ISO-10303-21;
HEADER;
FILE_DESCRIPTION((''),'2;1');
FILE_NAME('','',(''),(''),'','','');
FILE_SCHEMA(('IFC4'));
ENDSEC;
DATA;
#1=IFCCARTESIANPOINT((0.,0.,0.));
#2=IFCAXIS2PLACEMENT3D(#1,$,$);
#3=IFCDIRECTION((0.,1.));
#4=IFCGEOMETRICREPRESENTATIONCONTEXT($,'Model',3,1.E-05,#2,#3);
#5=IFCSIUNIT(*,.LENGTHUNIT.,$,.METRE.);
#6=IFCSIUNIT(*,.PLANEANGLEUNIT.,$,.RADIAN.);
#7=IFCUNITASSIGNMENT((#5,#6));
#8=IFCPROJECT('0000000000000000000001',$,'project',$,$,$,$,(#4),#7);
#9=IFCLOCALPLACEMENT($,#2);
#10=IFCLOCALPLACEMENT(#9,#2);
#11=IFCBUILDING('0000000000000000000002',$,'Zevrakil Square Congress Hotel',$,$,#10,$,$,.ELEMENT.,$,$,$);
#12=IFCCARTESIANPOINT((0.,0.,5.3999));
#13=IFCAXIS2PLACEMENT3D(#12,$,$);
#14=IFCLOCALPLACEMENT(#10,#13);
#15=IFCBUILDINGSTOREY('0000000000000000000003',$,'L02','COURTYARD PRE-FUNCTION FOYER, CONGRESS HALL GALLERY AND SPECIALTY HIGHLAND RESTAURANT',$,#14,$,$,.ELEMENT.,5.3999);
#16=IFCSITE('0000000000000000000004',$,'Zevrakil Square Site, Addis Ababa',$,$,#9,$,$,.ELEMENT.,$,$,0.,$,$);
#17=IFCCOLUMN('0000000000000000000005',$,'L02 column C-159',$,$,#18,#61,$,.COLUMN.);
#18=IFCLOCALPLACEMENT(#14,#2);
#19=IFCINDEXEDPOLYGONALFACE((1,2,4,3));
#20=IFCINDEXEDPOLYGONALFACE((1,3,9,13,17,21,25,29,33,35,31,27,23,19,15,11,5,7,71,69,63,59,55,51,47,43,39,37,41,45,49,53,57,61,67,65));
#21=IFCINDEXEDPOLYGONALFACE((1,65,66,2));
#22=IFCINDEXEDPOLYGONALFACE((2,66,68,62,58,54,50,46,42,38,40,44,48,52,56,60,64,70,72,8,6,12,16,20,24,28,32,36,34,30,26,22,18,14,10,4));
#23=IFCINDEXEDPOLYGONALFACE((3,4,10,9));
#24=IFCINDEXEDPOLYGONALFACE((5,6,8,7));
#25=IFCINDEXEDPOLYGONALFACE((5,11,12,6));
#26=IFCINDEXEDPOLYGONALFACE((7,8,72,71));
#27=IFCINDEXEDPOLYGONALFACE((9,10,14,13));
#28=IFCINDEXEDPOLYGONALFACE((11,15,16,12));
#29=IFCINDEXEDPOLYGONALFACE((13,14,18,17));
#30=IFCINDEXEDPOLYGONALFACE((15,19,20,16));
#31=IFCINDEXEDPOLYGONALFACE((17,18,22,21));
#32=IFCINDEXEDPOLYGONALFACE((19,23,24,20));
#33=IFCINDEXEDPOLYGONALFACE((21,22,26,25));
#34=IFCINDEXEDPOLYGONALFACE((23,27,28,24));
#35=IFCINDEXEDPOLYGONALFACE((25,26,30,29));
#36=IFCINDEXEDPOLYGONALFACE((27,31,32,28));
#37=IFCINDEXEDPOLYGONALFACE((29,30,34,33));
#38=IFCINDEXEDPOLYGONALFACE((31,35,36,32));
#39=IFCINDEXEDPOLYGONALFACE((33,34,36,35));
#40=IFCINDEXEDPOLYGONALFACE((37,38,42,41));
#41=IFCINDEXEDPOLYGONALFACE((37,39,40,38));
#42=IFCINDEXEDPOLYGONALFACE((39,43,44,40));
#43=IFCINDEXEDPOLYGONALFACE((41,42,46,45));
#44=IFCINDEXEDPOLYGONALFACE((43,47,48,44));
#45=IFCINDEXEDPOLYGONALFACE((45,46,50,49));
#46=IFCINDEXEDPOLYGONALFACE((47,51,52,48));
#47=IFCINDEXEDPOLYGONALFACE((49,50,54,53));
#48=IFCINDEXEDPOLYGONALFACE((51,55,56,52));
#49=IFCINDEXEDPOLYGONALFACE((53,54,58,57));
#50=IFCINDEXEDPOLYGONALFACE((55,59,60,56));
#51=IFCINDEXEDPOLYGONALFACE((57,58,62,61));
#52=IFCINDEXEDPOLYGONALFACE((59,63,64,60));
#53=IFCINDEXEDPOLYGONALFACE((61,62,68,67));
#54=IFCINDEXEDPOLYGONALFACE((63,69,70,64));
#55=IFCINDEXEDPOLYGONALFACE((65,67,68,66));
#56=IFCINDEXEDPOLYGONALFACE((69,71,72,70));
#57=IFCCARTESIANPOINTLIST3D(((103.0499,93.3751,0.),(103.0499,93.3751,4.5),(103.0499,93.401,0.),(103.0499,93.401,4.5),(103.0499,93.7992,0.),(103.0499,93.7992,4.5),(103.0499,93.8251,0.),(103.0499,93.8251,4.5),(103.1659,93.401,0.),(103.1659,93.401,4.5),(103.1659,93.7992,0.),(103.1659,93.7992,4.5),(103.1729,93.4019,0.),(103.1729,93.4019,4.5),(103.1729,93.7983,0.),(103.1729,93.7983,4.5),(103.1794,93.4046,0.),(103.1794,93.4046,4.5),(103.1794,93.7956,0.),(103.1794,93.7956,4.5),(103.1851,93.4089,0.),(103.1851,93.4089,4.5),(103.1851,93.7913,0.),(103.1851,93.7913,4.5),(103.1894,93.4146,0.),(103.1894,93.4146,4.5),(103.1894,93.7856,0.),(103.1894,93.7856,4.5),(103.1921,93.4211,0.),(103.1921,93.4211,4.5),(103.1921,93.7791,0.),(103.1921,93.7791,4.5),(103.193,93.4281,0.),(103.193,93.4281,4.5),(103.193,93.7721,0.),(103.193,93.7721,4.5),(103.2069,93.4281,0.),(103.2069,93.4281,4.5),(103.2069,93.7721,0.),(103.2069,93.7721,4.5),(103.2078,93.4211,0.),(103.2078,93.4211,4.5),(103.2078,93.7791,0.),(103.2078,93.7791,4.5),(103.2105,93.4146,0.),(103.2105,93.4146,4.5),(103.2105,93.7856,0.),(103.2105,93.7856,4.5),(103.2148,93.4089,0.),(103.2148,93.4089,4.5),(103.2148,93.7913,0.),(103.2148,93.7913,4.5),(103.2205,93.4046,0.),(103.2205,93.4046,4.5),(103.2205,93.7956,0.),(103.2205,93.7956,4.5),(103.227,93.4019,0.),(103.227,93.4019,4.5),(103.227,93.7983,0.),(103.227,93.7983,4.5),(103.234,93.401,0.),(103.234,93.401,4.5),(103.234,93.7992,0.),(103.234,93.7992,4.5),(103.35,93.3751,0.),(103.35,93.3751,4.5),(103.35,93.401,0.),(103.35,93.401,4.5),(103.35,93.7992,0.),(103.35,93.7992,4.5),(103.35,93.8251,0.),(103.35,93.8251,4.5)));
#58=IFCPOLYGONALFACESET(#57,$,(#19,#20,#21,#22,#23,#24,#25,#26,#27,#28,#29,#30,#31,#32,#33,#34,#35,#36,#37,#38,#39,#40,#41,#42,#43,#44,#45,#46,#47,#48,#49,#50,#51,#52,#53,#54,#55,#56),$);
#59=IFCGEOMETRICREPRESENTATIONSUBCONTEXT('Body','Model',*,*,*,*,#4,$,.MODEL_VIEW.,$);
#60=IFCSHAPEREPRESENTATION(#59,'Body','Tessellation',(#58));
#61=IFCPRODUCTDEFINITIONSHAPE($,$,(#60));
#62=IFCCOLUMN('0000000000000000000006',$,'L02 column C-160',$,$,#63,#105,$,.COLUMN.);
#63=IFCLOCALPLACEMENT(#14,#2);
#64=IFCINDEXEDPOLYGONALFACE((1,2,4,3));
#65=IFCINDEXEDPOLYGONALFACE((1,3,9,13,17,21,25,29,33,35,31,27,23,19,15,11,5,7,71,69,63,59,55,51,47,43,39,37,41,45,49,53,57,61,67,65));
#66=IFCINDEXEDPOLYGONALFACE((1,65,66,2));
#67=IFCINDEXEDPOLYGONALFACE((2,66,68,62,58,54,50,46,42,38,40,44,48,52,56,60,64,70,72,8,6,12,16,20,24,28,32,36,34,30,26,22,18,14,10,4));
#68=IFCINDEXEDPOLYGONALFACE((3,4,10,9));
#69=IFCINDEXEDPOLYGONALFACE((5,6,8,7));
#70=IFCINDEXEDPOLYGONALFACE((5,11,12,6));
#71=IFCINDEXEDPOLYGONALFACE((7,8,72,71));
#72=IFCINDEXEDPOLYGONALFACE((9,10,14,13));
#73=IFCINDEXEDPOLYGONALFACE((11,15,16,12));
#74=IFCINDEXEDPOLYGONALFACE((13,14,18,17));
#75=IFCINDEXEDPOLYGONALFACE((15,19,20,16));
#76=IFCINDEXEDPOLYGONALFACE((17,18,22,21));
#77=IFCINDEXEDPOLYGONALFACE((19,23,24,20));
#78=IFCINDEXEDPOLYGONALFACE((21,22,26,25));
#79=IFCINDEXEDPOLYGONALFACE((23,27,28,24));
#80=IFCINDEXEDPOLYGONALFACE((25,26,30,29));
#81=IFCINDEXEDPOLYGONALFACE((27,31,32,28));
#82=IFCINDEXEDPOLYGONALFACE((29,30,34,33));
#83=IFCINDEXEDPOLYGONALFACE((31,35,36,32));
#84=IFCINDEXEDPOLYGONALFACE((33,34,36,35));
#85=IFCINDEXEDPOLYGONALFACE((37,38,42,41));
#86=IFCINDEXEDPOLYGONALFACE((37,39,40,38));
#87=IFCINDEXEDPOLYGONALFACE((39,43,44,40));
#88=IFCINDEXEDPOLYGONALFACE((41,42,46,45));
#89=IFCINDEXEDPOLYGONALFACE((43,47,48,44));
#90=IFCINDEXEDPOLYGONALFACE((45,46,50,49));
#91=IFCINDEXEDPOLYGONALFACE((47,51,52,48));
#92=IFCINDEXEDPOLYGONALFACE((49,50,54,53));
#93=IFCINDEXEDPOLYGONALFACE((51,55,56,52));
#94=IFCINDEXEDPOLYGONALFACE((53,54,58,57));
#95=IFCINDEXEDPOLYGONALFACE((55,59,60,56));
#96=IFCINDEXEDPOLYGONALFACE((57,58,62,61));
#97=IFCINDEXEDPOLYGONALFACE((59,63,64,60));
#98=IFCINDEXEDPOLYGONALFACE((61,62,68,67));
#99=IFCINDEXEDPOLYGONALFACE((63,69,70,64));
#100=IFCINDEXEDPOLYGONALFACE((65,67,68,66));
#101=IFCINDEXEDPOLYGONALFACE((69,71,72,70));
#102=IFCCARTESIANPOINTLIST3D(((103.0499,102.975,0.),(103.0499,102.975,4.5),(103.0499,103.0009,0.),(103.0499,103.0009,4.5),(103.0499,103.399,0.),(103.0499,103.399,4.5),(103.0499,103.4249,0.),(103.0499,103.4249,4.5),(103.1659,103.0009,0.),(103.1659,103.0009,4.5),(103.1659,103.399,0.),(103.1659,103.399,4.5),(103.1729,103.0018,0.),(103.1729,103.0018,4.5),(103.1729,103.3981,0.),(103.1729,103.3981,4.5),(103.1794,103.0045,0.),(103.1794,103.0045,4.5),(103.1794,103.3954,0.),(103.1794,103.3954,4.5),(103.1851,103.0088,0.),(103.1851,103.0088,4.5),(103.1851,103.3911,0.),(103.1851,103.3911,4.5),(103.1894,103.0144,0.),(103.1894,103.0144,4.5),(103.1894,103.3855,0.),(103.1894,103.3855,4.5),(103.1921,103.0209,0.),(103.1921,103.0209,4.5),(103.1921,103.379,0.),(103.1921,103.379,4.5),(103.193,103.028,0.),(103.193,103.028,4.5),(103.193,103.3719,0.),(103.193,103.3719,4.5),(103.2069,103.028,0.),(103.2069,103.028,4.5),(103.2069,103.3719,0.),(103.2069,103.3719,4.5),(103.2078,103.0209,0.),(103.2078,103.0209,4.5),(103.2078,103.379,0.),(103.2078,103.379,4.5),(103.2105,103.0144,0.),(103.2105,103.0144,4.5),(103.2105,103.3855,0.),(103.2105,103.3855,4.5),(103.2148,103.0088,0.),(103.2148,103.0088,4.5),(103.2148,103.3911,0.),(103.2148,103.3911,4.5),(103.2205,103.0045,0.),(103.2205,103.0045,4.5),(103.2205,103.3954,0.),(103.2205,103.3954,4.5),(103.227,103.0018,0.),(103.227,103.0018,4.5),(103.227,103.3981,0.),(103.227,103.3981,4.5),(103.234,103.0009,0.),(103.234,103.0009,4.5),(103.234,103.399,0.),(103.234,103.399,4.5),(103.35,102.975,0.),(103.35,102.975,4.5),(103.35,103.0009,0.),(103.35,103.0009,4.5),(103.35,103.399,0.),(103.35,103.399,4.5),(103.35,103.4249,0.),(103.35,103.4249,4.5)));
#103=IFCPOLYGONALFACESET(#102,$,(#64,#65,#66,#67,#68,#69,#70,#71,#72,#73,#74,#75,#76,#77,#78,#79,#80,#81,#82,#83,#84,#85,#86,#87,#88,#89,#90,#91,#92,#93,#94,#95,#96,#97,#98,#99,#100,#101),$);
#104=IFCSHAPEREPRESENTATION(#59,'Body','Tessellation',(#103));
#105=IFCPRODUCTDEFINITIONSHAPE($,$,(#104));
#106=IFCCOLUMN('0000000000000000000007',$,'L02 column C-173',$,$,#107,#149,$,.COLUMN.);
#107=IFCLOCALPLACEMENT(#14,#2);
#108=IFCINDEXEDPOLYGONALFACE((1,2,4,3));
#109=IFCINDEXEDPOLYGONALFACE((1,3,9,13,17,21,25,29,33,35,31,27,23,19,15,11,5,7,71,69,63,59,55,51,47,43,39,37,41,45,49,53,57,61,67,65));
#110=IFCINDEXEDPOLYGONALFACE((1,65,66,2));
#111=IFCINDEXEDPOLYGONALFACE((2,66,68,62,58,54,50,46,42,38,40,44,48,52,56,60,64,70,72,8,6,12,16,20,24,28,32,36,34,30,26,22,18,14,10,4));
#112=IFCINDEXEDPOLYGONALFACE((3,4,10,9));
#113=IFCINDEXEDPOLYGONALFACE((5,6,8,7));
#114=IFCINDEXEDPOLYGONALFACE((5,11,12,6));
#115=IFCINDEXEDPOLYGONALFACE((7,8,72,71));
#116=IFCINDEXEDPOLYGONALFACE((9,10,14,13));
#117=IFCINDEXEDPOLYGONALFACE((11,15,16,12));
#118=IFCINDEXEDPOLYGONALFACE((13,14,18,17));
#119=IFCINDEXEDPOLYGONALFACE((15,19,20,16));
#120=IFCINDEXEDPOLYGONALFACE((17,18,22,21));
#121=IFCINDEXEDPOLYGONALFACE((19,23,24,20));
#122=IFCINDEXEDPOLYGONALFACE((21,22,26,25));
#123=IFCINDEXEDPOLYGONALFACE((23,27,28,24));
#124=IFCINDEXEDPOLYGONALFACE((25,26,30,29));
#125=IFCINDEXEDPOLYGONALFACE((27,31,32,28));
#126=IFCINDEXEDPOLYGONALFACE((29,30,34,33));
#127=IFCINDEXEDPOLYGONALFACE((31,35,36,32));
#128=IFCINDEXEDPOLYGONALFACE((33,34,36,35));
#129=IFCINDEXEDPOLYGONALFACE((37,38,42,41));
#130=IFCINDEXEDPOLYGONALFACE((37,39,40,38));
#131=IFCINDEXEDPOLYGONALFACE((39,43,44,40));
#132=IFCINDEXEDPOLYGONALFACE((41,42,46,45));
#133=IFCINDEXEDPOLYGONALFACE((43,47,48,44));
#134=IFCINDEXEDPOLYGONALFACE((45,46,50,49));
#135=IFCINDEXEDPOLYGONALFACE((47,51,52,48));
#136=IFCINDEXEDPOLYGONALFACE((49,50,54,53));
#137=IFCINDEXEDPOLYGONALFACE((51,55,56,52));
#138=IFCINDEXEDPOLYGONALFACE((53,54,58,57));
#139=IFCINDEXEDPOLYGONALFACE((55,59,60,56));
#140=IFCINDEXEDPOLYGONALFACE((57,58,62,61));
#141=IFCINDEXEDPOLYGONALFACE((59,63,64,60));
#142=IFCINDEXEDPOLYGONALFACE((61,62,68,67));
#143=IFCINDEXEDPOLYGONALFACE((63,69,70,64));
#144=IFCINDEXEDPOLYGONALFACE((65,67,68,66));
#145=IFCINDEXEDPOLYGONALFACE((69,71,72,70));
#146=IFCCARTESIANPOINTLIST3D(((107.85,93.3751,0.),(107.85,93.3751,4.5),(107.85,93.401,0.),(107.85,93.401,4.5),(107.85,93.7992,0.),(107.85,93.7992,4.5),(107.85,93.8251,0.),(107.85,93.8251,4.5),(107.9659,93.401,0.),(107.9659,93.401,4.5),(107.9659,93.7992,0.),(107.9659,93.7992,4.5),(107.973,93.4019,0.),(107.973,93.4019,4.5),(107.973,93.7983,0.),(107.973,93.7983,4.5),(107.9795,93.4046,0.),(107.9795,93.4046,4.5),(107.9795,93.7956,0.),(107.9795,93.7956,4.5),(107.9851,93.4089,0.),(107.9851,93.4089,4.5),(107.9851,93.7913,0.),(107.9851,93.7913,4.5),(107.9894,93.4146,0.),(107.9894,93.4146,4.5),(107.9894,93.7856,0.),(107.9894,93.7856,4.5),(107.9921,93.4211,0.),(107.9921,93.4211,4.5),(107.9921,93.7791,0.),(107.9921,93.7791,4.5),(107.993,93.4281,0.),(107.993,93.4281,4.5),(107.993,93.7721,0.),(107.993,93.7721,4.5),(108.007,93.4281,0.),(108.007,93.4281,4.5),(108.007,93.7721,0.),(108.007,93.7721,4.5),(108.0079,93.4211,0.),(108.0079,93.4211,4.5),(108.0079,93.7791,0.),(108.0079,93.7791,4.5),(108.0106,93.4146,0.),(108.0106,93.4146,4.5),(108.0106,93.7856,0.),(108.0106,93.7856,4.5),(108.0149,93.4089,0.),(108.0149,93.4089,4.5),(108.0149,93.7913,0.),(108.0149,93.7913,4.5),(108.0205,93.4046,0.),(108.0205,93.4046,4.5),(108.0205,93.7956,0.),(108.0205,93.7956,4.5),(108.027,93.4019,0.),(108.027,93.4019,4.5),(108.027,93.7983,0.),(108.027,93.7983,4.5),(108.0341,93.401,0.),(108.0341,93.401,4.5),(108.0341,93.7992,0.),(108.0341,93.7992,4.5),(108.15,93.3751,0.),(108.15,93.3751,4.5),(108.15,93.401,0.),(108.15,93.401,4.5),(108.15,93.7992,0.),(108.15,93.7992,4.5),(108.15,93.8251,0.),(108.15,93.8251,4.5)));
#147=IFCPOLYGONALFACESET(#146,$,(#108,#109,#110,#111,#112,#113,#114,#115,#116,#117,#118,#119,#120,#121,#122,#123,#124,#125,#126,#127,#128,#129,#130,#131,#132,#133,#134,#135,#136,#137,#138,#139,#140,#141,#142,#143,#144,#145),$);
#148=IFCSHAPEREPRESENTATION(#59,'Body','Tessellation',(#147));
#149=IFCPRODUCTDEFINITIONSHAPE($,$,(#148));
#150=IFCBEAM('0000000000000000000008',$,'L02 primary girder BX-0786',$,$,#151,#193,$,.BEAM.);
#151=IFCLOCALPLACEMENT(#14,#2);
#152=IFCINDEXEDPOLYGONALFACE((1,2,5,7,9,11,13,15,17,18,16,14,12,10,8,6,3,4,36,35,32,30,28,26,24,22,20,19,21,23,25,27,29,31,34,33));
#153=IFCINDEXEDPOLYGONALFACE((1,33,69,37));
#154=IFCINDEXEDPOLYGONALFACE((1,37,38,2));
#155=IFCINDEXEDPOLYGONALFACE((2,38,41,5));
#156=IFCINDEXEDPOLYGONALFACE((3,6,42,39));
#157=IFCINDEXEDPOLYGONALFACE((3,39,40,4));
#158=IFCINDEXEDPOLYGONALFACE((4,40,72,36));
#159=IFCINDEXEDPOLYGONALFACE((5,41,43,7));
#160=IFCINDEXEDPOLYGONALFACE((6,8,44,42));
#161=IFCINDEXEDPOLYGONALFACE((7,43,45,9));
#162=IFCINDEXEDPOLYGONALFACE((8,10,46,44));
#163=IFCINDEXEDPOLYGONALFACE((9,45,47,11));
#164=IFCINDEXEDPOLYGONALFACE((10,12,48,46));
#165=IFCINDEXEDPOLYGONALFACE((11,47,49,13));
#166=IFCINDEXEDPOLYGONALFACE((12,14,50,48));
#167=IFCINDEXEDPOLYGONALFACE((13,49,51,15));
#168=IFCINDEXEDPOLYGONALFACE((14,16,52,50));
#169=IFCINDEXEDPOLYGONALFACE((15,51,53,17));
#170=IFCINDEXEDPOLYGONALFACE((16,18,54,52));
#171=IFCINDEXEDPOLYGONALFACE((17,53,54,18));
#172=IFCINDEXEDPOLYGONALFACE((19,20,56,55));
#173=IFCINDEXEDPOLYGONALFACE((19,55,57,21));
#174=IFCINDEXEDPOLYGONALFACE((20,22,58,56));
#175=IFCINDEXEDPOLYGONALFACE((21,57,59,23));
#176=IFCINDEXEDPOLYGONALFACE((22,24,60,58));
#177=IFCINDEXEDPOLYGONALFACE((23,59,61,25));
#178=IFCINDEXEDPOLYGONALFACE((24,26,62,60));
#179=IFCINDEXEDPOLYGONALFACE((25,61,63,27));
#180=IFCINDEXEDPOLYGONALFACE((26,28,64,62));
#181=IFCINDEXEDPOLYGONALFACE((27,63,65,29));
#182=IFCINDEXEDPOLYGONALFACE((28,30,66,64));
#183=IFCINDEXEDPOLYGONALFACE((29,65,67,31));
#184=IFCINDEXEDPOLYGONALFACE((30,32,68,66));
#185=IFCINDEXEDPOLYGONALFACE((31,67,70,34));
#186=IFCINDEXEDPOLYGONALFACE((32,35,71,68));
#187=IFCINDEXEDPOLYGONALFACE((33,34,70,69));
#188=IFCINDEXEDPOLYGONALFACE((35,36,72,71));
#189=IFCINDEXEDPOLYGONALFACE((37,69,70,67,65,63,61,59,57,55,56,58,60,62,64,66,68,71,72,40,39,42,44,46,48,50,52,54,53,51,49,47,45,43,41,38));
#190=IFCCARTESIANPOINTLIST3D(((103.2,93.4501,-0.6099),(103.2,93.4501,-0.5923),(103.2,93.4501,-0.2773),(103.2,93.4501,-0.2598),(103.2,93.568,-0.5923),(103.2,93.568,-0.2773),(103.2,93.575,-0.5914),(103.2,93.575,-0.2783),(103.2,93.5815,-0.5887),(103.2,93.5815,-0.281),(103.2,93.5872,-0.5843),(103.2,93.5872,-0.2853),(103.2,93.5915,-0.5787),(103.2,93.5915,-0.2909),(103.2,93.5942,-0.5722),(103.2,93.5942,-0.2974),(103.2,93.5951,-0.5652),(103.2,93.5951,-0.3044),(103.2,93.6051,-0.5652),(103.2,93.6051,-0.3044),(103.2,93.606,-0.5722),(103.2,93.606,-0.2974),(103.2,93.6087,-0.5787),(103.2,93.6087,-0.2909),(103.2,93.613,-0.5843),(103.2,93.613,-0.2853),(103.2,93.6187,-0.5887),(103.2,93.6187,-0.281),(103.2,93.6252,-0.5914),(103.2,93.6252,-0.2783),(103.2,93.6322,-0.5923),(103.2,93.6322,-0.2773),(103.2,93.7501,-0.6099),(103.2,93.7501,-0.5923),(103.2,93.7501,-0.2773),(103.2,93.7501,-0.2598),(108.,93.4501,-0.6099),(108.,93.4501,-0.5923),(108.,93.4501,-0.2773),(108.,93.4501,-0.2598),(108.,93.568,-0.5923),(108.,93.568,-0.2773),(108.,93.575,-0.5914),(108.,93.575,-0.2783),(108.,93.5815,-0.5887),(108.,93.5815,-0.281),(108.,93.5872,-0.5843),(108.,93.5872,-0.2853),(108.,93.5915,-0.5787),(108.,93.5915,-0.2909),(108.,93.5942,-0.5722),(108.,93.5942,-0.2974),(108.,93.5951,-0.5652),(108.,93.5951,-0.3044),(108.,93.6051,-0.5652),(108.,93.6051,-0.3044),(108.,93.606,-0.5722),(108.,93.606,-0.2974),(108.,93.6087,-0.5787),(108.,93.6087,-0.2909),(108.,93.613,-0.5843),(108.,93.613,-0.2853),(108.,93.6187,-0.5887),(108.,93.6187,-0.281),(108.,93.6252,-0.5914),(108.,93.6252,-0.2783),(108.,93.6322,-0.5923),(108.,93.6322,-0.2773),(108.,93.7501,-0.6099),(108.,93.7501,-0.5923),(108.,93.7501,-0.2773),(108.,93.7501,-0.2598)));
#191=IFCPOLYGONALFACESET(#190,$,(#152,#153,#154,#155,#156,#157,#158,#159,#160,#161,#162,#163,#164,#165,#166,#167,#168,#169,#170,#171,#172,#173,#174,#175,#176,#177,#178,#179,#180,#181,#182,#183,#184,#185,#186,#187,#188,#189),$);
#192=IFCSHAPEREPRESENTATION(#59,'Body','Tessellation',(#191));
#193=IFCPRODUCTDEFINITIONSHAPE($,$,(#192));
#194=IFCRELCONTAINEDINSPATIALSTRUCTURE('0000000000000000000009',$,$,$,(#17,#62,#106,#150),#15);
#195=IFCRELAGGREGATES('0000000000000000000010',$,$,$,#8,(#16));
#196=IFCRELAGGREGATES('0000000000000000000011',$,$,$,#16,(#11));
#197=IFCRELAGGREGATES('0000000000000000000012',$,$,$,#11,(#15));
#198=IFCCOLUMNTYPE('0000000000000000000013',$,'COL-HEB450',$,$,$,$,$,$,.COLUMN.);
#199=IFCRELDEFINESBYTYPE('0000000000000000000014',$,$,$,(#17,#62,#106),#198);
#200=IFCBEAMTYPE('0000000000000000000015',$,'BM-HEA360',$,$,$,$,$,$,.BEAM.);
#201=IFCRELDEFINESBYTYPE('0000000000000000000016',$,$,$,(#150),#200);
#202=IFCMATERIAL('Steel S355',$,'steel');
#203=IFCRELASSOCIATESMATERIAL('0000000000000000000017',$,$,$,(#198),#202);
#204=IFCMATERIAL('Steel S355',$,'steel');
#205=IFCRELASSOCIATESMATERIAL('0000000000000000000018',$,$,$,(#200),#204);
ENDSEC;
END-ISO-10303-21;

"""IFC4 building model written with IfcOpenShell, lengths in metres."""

from ifc_helpers import new_model, si_unit, direction, frame, origin, origin_2d, place, context, subcontext, project, spatial, i_section, extrude, material, material_profile, profile_set, type_object, element, save


model = new_model("IFC4")

# Units and contexts
model_context = context("Model", 3, precision=1e-05, world=origin(), true_north=direction((0.0, 1.0)))
body_context = subcontext(model_context, "Body", "Model", "MODEL_VIEW")
ifc_project = project(units=[si_unit("LENGTHUNIT", "METRE"), si_unit("PLANEANGLEUNIT", "RADIAN")], contexts=[model_context])

# Site, building, storey
site_placement = place(None, origin())
site = spatial("IfcSite", under=ifc_project, at=site_placement, Name="Zevrakil Square Site, Addis Ababa", CompositionType="ELEMENT", RefElevation=0.0)
building_placement = place(site_placement, origin())
building = spatial("IfcBuilding", under=site, at=building_placement, Name="Zevrakil Square Congress Hotel", CompositionType="ELEMENT")
storey_placement = place(building_placement, frame((0.0, 0.0, 5.3999)))
storey = spatial("IfcBuildingStorey", under=building, at=storey_placement, Name="L02", Description="COURTYARD PRE-FUNCTION FOYER, CONGRESS HALL GALLERY AND SPECIALTY HIGHLAND RESTAURANT", CompositionType="ELEMENT", Elevation=5.3999)

# Columns
ifc_material_1 = material(Name="Steel S355", Category="steel")
ifc_material_profile_1 = material_profile(ifc_material_1, i_section(OverallWidth=0.3, OverallDepth=0.45, WebThickness=0.0139, FlangeThickness=0.0259, FilletRadius=0.0271, at=origin_2d()), Name="HEB 450")
ifc_profile_set_1 = profile_set([ifc_material_profile_1], Name="Steel S355")
column_type = type_object("IfcColumnType", Name="COL-HEB450", PredefinedType="COLUMN", material=ifc_profile_set_1)
for number, where, z_axis, x_axis, name in (
    (1, (103.2, 93.6001, 0.0), (0.0, 0.0, 1.0), (1.0, 0.0, 0.0), "L02 column C-159"),
    (2, (103.2, 103.2, 0.0), (0.0, 0.0, 1.0), (1.0, 0.0, 0.0), "L02 column C-160"),
    (3, (108.0, 93.6001, 0.0), (0.0, 0.0, 1.0), (1.0, 0.0, 0.0), "L02 column C-173"),
):
    element("IfcColumn", number, at=place(storey_placement, frame(where, z_axis=z_axis, x_axis=x_axis)), inside=storey, type_object=column_type, Name=name, PredefinedType="COLUMN", context=body_context, shape_type="SweptSolid", body=[
        extrude(i_section(OverallWidth=0.3, OverallDepth=0.45, WebThickness=0.0139, FlangeThickness=0.0259, FilletRadius=0.0271, at=origin_2d()), origin(), (0.0, 0.0, 1.0), 4.5),
    ])

# Beam
ifc_material_2 = material(Name="Steel S355", Category="steel")
ifc_material_profile_2 = material_profile(ifc_material_2, i_section(OverallWidth=0.3, OverallDepth=0.3501, WebThickness=0.01, FlangeThickness=0.0176, FilletRadius=0.0271, at=origin_2d()), Name="HEA 360")
ifc_profile_set_2 = profile_set([ifc_material_profile_2], Name="Steel S355")
beam_type_1 = type_object("IfcBeamType", Name="BM-HEA360", PredefinedType="BEAM", material=ifc_profile_set_2)
for number, where, z_axis, x_axis, name in (
    (4, (103.2, 93.6001, -0.4348), (1.0, 0.0, 0.0), (0.0, 1.0, 0.0), "L02 primary girder BX-0786"),
):
    element("IfcBeam", number, at=place(storey_placement, frame(where, z_axis=z_axis, x_axis=x_axis)), inside=storey, type_object=beam_type_1, Name=name, PredefinedType="BEAM", context=body_context, shape_type="SweptSolid", body=[
        extrude(i_section(OverallWidth=0.3, OverallDepth=0.3501, WebThickness=0.01, FlangeThickness=0.0176, FilletRadius=0.0271, at=origin_2d()), origin(), (0.0, 0.0, 1.0), 4.8),
    ])

save(model, "model.ifc")
